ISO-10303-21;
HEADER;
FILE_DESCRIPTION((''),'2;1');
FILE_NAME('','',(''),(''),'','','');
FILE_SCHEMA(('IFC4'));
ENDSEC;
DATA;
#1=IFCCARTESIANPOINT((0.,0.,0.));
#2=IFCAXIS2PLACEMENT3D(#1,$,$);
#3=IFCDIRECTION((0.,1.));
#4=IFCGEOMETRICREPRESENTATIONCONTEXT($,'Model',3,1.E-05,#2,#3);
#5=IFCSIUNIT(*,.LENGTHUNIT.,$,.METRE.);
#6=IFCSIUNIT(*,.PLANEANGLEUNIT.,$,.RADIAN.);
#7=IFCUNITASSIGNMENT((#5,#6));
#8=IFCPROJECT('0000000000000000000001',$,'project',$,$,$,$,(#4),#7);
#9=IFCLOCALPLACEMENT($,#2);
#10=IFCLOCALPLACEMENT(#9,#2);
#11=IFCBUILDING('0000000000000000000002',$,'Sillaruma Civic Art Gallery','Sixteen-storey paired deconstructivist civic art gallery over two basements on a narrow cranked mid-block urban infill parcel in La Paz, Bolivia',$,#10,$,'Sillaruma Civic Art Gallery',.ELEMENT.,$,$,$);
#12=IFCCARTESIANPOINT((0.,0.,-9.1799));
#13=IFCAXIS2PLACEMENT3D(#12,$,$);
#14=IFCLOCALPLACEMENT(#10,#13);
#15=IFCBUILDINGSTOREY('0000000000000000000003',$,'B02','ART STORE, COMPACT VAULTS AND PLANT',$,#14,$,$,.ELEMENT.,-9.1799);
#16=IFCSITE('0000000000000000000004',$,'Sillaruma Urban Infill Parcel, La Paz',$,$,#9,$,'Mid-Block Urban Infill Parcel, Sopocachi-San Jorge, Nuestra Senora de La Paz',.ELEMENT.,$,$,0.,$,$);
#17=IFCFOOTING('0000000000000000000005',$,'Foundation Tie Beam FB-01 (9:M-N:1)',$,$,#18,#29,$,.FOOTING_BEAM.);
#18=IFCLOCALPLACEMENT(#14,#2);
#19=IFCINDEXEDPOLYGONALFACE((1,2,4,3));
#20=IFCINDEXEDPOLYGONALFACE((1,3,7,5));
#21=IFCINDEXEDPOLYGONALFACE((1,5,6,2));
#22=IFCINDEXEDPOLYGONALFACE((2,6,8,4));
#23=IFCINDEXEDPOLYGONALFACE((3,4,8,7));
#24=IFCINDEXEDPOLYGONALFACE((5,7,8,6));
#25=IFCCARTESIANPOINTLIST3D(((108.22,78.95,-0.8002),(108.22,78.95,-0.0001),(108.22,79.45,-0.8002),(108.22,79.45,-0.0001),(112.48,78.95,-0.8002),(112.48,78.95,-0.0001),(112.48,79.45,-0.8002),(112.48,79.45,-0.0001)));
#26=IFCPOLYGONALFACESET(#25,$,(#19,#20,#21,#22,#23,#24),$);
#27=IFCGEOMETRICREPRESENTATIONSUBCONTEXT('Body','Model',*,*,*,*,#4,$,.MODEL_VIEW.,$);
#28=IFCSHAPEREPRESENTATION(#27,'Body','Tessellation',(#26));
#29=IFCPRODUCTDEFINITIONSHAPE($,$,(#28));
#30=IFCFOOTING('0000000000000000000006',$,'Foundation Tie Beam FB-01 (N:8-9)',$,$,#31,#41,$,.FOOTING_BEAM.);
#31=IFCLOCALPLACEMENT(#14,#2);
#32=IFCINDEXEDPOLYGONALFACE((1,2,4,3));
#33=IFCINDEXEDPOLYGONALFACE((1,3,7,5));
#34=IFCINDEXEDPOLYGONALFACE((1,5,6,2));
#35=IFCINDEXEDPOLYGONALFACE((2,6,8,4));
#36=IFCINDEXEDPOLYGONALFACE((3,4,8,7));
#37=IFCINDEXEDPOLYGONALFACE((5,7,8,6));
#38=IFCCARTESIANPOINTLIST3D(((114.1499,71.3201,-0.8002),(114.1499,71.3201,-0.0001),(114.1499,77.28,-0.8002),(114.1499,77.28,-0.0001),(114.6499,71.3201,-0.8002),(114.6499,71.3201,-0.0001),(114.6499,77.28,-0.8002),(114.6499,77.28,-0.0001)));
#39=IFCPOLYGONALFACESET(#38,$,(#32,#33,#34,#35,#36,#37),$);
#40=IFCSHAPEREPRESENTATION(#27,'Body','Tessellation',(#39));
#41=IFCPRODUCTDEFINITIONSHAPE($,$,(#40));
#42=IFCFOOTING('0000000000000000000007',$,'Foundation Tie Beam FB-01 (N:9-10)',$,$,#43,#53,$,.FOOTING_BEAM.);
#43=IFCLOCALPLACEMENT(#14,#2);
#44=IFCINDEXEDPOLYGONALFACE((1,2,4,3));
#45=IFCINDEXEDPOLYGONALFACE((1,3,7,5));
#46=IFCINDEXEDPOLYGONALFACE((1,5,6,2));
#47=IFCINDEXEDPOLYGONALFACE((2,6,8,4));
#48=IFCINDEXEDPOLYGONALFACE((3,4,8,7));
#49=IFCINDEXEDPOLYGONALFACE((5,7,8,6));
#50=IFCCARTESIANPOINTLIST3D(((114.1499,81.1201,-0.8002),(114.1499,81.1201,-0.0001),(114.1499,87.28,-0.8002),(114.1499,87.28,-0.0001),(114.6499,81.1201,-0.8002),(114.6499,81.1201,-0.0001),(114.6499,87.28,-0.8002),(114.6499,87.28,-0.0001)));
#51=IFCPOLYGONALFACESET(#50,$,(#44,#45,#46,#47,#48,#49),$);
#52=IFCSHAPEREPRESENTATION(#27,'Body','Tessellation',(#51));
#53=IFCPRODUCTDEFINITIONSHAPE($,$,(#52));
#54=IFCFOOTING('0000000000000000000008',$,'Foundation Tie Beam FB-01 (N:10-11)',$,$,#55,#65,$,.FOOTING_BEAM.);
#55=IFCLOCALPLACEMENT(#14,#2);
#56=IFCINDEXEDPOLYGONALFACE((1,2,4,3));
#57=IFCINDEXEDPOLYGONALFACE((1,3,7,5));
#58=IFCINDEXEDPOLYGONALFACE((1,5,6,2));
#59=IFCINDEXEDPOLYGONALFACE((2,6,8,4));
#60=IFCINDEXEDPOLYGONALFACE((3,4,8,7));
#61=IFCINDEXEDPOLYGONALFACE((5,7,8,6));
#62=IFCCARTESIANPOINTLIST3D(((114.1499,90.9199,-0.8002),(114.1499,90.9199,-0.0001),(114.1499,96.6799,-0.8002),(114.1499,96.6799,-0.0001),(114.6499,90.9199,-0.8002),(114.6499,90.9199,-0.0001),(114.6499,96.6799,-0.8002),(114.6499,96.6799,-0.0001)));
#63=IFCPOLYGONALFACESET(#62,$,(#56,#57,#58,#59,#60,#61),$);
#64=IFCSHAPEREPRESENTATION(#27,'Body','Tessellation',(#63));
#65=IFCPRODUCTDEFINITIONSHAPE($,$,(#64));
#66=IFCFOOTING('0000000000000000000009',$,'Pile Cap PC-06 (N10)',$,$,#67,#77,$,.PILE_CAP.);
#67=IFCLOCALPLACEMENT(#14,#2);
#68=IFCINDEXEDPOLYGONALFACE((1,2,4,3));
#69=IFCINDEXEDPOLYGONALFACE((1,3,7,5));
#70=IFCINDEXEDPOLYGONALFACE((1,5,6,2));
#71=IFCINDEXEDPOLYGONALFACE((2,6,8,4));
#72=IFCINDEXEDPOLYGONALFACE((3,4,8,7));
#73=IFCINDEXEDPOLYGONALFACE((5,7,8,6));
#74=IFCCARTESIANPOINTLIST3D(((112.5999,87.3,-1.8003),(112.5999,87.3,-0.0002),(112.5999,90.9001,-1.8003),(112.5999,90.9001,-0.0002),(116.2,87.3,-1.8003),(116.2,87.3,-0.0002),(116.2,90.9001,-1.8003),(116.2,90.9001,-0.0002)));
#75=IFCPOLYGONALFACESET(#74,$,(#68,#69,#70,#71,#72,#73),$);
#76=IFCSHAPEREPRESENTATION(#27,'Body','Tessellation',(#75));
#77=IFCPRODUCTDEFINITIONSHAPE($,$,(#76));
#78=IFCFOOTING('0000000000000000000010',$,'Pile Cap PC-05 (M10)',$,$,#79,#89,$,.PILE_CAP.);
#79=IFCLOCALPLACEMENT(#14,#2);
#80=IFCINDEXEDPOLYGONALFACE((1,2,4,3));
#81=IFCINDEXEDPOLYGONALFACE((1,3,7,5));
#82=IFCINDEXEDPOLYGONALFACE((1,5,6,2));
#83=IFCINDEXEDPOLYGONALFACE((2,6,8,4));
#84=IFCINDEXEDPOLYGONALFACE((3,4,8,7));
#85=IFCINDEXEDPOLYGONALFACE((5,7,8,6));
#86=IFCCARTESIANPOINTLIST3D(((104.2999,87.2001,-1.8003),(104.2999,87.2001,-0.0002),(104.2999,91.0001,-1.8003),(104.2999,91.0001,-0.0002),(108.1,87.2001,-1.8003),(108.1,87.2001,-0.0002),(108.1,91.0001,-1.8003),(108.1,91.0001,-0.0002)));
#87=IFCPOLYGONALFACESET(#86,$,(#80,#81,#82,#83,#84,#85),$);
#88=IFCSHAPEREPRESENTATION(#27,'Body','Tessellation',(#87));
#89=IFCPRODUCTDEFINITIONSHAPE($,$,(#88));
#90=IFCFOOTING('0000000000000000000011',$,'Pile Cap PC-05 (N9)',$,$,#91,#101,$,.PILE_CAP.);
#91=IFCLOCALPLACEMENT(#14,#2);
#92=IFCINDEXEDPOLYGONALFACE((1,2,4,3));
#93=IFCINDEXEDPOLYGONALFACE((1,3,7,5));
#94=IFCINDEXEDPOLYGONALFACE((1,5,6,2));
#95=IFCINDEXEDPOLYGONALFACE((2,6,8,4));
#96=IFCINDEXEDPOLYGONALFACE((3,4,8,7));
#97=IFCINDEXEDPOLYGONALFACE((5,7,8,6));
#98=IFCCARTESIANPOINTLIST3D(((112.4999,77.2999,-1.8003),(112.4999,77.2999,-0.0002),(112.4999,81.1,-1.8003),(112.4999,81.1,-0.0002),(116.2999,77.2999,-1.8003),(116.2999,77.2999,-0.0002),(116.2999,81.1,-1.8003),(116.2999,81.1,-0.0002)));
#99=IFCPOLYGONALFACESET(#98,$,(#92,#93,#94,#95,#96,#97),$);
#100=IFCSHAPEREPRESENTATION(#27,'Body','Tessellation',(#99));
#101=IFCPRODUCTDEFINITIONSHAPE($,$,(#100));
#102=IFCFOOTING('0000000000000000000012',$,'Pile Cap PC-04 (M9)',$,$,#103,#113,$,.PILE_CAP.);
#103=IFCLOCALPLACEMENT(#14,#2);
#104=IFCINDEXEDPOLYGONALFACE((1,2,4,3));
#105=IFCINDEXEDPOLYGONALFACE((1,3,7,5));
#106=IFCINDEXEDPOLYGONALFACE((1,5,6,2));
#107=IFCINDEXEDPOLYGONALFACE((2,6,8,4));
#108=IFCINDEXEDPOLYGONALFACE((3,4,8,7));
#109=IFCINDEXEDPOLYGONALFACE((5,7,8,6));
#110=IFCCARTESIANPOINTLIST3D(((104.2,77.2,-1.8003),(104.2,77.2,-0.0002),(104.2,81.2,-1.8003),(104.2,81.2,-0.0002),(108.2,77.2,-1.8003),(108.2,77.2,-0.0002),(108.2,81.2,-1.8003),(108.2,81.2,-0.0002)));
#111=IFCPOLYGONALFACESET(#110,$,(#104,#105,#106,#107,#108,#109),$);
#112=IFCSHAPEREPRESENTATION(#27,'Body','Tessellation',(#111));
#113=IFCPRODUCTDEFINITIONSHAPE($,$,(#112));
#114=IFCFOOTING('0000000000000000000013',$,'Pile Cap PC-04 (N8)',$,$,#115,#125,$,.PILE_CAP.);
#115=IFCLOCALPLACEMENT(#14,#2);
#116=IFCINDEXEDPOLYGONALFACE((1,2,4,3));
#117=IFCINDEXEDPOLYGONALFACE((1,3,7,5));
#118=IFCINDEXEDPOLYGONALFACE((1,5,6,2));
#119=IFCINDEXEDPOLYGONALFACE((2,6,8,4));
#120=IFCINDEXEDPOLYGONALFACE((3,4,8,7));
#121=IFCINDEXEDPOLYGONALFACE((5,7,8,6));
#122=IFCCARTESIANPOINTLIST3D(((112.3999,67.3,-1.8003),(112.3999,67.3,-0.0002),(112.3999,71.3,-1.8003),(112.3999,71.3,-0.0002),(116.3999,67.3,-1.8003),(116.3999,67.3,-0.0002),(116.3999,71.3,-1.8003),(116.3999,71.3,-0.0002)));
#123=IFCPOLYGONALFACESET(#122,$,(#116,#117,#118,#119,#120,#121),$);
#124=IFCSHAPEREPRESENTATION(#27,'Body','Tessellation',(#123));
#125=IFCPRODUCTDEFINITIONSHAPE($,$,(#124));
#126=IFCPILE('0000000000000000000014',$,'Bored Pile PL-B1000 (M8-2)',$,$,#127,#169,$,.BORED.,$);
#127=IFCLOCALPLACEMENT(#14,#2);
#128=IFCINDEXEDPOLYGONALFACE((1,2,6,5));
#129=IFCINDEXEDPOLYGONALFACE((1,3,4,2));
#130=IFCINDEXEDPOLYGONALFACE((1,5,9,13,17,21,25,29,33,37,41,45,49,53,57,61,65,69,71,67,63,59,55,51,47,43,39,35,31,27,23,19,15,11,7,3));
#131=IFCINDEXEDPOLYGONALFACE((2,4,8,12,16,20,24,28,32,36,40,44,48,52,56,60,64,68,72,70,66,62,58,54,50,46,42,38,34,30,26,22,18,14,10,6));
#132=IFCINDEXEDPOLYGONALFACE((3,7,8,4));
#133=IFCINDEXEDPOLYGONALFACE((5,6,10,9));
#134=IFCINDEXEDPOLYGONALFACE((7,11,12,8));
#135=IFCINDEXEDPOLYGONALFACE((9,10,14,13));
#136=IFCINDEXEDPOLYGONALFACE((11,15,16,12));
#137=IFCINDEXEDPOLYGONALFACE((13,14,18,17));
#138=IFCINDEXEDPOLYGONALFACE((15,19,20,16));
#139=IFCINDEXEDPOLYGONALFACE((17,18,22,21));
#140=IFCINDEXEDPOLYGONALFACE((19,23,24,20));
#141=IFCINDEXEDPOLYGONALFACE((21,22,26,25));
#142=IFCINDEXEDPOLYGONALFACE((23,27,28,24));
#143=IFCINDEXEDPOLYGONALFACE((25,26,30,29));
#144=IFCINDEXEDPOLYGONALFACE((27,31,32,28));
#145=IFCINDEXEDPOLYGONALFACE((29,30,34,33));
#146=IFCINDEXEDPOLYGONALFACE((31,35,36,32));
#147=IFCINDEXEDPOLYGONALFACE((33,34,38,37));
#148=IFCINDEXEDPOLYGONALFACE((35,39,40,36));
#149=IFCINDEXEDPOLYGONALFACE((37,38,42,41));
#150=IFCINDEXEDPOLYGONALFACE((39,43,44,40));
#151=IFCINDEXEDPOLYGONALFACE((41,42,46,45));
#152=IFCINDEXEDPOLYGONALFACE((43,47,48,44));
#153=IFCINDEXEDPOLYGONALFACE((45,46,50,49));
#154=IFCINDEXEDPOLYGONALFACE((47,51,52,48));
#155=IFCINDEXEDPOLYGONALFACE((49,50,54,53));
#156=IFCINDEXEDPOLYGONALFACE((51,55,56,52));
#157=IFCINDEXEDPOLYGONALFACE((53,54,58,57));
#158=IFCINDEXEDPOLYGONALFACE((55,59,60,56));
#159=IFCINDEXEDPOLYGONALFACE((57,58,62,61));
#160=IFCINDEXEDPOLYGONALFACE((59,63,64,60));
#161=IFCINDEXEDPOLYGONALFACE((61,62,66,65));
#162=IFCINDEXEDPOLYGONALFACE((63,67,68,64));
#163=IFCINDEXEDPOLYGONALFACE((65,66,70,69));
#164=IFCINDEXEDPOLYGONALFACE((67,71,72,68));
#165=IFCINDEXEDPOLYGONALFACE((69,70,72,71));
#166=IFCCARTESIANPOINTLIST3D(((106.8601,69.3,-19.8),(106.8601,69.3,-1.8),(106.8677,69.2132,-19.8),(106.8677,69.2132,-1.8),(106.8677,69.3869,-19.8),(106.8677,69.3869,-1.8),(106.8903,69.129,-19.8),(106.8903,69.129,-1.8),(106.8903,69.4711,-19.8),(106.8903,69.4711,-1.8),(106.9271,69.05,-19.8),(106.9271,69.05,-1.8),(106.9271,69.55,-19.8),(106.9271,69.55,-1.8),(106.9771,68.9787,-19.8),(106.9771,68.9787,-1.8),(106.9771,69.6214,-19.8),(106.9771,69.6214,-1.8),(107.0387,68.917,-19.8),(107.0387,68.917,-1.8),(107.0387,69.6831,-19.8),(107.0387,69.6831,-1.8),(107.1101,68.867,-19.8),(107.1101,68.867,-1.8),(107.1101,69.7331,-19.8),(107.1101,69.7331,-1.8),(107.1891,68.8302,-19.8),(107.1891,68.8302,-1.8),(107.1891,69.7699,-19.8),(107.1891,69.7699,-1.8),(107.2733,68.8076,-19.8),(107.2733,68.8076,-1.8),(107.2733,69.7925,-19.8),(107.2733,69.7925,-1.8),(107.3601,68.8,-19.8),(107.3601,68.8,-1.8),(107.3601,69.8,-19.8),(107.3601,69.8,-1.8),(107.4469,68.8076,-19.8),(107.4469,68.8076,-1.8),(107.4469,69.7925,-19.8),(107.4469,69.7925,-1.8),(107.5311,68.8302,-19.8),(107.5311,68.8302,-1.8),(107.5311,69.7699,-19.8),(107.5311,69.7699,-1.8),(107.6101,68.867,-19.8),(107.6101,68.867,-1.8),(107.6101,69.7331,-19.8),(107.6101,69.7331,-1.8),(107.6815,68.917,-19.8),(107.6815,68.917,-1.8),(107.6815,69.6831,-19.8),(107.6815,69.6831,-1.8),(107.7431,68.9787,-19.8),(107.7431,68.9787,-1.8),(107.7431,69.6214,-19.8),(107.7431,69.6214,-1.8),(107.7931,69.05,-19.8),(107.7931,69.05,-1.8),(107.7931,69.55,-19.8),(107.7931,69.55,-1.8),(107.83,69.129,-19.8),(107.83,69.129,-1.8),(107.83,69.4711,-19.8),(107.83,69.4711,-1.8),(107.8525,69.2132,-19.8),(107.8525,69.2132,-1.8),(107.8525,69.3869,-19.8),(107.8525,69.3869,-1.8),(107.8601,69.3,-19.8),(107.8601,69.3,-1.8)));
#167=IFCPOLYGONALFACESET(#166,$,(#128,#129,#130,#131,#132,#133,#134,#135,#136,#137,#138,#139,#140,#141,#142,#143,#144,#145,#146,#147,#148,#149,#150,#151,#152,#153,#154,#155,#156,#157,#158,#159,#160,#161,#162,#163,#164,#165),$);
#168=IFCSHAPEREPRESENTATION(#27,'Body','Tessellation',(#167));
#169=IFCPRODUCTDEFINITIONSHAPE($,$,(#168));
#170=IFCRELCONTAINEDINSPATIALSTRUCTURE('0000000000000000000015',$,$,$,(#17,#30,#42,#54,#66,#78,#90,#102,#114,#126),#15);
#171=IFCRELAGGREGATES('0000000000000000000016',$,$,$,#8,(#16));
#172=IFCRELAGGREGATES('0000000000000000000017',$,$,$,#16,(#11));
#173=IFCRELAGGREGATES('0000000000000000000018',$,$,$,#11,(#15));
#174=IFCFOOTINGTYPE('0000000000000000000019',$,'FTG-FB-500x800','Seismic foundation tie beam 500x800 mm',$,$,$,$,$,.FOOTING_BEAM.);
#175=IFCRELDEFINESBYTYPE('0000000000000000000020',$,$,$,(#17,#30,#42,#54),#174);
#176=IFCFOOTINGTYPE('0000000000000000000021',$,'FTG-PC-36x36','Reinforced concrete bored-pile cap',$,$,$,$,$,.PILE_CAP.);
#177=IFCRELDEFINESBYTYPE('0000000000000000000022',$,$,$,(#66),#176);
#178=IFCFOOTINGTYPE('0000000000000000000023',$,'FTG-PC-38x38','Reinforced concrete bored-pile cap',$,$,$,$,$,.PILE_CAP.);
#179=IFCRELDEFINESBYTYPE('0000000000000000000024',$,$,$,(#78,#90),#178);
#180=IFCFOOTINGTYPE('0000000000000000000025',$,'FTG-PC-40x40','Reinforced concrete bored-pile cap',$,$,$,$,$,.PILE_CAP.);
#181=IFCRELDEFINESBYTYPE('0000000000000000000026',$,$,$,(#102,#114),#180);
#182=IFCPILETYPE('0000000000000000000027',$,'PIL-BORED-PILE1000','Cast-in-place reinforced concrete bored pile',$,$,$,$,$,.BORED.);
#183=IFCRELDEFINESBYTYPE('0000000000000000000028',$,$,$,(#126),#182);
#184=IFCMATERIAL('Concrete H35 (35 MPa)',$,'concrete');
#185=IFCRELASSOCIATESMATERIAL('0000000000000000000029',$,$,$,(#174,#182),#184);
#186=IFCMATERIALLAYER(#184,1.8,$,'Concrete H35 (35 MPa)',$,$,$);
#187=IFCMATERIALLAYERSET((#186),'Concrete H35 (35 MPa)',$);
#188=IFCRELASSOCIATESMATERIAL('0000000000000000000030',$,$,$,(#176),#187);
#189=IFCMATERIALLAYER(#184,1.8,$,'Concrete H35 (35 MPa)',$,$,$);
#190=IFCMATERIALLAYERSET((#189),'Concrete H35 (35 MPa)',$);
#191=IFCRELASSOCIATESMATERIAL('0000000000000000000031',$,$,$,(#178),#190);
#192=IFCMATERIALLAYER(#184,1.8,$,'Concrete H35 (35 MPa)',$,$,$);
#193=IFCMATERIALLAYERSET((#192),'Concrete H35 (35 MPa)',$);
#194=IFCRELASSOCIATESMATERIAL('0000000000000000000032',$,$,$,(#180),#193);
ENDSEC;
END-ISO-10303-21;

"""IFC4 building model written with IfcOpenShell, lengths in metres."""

from ifc_helpers import new_model, si_unit, direction, frame, origin, origin_2d, place, context, subcontext, project, spatial, rectangle, circle, extrude, material, layer, layer_set, material_profile, profile_set, type_object, element, save


model = new_model("IFC4")

# Units and contexts
model_context = context("Model", 3, precision=1e-05, world=origin(), true_north=direction((0.0, 1.0)))
body_context = subcontext(model_context, "Body", "Model", "MODEL_VIEW")
ifc_project = project(units=[si_unit("LENGTHUNIT", "METRE"), si_unit("PLANEANGLEUNIT", "RADIAN")], contexts=[model_context])

# Site, building, storey
site_placement = place(None, origin())
site = spatial("IfcSite", under=ifc_project, at=site_placement, Name="Sillaruma Urban Infill Parcel, La Paz", LongName="Mid-Block Urban Infill Parcel, Sopocachi-San Jorge, Nuestra Senora de La Paz", CompositionType="ELEMENT", RefElevation=0.0)
building_placement = place(site_placement, origin())
building = spatial("IfcBuilding", under=site, at=building_placement, Name="Sillaruma Civic Art Gallery", Description="Sixteen-storey paired deconstructivist civic art gallery over two basements on a narrow cranked mid-block urban infill parcel in La Paz, Bolivia", LongName="Sillaruma Civic Art Gallery", CompositionType="ELEMENT")
storey_placement = place(building_placement, frame((0.0, 0.0, -9.1799)))
storey = spatial("IfcBuildingStorey", under=building, at=storey_placement, Name="B02", Description="ART STORE, COMPACT VAULTS AND PLANT", CompositionType="ELEMENT", Elevation=-9.1799)

# Footings
ifc_material_1 = material(Name="Concrete H35 (35 MPa)", Category="concrete")
ifc_material_profile_1 = material_profile(ifc_material_1, rectangle(XDim=0.5, YDim=0.8, at=origin_2d()), Name="RCB500x800")
ifc_profile_set_1 = profile_set([ifc_material_profile_1], Name="Concrete H35 (35 MPa)")
footing_type_1 = type_object("IfcFootingType", Name="FTG-FB-500x800", Description="Seismic foundation tie beam 500x800 mm", PredefinedType="FOOTING_BEAM", material=ifc_profile_set_1)
footing_1_placement = place(storey_placement, frame((108.22, 79.2, -0.4001), z_axis=(1.0, 0.0, 0.0), x_axis=(0.0, 1.0, 0.0)))
element("IfcFooting", 1, at=footing_1_placement, inside=storey, type_object=footing_type_1, Name="Foundation Tie Beam FB-01 (9:M-N:1)", PredefinedType="FOOTING_BEAM", context=body_context, shape_type="SweptSolid", body=[
    extrude(rectangle(XDim=0.5, YDim=0.8, at=origin_2d()), origin(), (0.0, 0.0, 1.0), 4.26),
])
footing_2_placement = place(storey_placement, frame((114.3999, 71.3201, -0.4001), z_axis=(0.0, 1.0, 0.0), x_axis=(-1.0, 0.0, 0.0)))
element("IfcFooting", 2, at=footing_2_placement, inside=storey, type_object=footing_type_1, Name="Foundation Tie Beam FB-01 (N:8-9)", PredefinedType="FOOTING_BEAM", context=body_context, shape_type="SweptSolid", body=[
    extrude(rectangle(XDim=0.5, YDim=0.8, at=origin_2d()), origin(), (0.0, 0.0, 1.0), 5.96),
])
footing_3_placement = place(storey_placement, frame((114.3999, 81.1201, -0.4001), z_axis=(0.0, 1.0, 0.0), x_axis=(-1.0, 0.0, 0.0)))
element("IfcFooting", 3, at=footing_3_placement, inside=storey, type_object=footing_type_1, Name="Foundation Tie Beam FB-01 (N:9-10)", PredefinedType="FOOTING_BEAM", context=body_context, shape_type="SweptSolid", body=[
    extrude(rectangle(XDim=0.5, YDim=0.8, at=origin_2d()), origin(), (0.0, 0.0, 1.0), 6.1599),
])
footing_4_placement = place(storey_placement, frame((114.3999, 90.9199, -0.4001), z_axis=(0.0, 1.0, 0.0), x_axis=(-1.0, 0.0, 0.0)))
element("IfcFooting", 4, at=footing_4_placement, inside=storey, type_object=footing_type_1, Name="Foundation Tie Beam FB-01 (N:10-11)", PredefinedType="FOOTING_BEAM", context=body_context, shape_type="SweptSolid", body=[
    extrude(rectangle(XDim=0.5, YDim=0.8, at=origin_2d()), origin(), (0.0, 0.0, 1.0), 5.76),
])
ifc_layer_1 = layer(ifc_material_1, 1.8, Name="Concrete H35 (35 MPa)")
ifc_layer_set_1 = layer_set([ifc_layer_1], Name="Concrete H35 (35 MPa)")
footing_type_2 = type_object("IfcFootingType", Name="FTG-PC-36x36", Description="Reinforced concrete bored-pile cap", PredefinedType="PILE_CAP", material=ifc_layer_set_1)
footing_5_placement = place(storey_placement, frame((114.3999, 89.1001, -1.8003), z_axis=(0.0, 0.0, 1.0), x_axis=(1.0, 0.0, 0.0)))
element("IfcFooting", 5, at=footing_5_placement, inside=storey, type_object=footing_type_2, Name="Pile Cap PC-06 (N10)", PredefinedType="PILE_CAP", context=body_context, shape_type="SweptSolid", body=[
    extrude(rectangle(XDim=3.6001, YDim=3.6001, at=origin_2d()), origin(), (0.0, 0.0, 1.0), 1.8),
])
ifc_layer_2 = layer(ifc_material_1, 1.8, Name="Concrete H35 (35 MPa)")
ifc_layer_set_2 = layer_set([ifc_layer_2], Name="Concrete H35 (35 MPa)")
footing_type_3 = type_object("IfcFootingType", Name="FTG-PC-38x38", Description="Reinforced concrete bored-pile cap", PredefinedType="PILE_CAP", material=ifc_layer_set_2)
for number, where, z_axis, x_axis, name in (
    (6, (106.2, 89.1001, -1.8003), (0.0, 0.0, 1.0), (1.0, 0.0, 0.0), "Pile Cap PC-05 (M10)"),
    (7, (114.3999, 79.2, -1.8003), (0.0, 0.0, 1.0), (1.0, 0.0, 0.0), "Pile Cap PC-05 (N9)"),
):
    element("IfcFooting", number, at=place(storey_placement, frame(where, z_axis=z_axis, x_axis=x_axis)), inside=storey, type_object=footing_type_3, Name=name, PredefinedType="PILE_CAP", context=body_context, shape_type="SweptSolid", body=[
        extrude(rectangle(XDim=3.8, YDim=3.8, at=origin_2d()), origin(), (0.0, 0.0, 1.0), 1.8),
    ])
ifc_layer_3 = layer(ifc_material_1, 1.8, Name="Concrete H35 (35 MPa)")
ifc_layer_set_3 = layer_set([ifc_layer_3], Name="Concrete H35 (35 MPa)")
footing_type_4 = type_object("IfcFootingType", Name="FTG-PC-40x40", Description="Reinforced concrete bored-pile cap", PredefinedType="PILE_CAP", material=ifc_layer_set_3)
for number, where, z_axis, x_axis, name in (
    (8, (106.2, 79.2, -1.8003), (0.0, 0.0, 1.0), (1.0, 0.0, 0.0), "Pile Cap PC-04 (M9)"),
    (9, (114.3999, 69.3, -1.8003), (0.0, 0.0, 1.0), (1.0, 0.0, 0.0), "Pile Cap PC-04 (N8)"),
):
    element("IfcFooting", number, at=place(storey_placement, frame(where, z_axis=z_axis, x_axis=x_axis)), inside=storey, type_object=footing_type_4, Name=name, PredefinedType="PILE_CAP", context=body_context, shape_type="SweptSolid", body=[
        extrude(rectangle(XDim=4.0, YDim=4.0, at=origin_2d()), origin(), (0.0, 0.0, 1.0), 1.8),
    ])

# Pile
ifc_material_profile_2 = material_profile(ifc_material_1, circle(Radius=0.5, at=origin_2d()), Name="PILE1000")
ifc_profile_set_2 = profile_set([ifc_material_profile_2], Name="Concrete H35 (35 MPa)")
pile_type_1 = type_object("IfcPileType", Name="PIL-BORED-PILE1000", Description="Cast-in-place reinforced concrete bored pile", PredefinedType="BORED", material=ifc_profile_set_2)
pile_placement = place(storey_placement, frame((107.3601, 69.3, -1.8), z_axis=(0.0, 0.0, -1.0), x_axis=(1.0, 0.0, 0.0)))
element("IfcPile", 10, at=pile_placement, inside=storey, type_object=pile_type_1, Name="Bored Pile PL-B1000 (M8-2)", PredefinedType="BORED", context=body_context, shape_type="SweptSolid", body=[
    extrude(circle(Radius=0.5, at=origin_2d()), origin(), (0.0, 0.0, 1.0), 18.0),
])

save(model, "model.ifc")
